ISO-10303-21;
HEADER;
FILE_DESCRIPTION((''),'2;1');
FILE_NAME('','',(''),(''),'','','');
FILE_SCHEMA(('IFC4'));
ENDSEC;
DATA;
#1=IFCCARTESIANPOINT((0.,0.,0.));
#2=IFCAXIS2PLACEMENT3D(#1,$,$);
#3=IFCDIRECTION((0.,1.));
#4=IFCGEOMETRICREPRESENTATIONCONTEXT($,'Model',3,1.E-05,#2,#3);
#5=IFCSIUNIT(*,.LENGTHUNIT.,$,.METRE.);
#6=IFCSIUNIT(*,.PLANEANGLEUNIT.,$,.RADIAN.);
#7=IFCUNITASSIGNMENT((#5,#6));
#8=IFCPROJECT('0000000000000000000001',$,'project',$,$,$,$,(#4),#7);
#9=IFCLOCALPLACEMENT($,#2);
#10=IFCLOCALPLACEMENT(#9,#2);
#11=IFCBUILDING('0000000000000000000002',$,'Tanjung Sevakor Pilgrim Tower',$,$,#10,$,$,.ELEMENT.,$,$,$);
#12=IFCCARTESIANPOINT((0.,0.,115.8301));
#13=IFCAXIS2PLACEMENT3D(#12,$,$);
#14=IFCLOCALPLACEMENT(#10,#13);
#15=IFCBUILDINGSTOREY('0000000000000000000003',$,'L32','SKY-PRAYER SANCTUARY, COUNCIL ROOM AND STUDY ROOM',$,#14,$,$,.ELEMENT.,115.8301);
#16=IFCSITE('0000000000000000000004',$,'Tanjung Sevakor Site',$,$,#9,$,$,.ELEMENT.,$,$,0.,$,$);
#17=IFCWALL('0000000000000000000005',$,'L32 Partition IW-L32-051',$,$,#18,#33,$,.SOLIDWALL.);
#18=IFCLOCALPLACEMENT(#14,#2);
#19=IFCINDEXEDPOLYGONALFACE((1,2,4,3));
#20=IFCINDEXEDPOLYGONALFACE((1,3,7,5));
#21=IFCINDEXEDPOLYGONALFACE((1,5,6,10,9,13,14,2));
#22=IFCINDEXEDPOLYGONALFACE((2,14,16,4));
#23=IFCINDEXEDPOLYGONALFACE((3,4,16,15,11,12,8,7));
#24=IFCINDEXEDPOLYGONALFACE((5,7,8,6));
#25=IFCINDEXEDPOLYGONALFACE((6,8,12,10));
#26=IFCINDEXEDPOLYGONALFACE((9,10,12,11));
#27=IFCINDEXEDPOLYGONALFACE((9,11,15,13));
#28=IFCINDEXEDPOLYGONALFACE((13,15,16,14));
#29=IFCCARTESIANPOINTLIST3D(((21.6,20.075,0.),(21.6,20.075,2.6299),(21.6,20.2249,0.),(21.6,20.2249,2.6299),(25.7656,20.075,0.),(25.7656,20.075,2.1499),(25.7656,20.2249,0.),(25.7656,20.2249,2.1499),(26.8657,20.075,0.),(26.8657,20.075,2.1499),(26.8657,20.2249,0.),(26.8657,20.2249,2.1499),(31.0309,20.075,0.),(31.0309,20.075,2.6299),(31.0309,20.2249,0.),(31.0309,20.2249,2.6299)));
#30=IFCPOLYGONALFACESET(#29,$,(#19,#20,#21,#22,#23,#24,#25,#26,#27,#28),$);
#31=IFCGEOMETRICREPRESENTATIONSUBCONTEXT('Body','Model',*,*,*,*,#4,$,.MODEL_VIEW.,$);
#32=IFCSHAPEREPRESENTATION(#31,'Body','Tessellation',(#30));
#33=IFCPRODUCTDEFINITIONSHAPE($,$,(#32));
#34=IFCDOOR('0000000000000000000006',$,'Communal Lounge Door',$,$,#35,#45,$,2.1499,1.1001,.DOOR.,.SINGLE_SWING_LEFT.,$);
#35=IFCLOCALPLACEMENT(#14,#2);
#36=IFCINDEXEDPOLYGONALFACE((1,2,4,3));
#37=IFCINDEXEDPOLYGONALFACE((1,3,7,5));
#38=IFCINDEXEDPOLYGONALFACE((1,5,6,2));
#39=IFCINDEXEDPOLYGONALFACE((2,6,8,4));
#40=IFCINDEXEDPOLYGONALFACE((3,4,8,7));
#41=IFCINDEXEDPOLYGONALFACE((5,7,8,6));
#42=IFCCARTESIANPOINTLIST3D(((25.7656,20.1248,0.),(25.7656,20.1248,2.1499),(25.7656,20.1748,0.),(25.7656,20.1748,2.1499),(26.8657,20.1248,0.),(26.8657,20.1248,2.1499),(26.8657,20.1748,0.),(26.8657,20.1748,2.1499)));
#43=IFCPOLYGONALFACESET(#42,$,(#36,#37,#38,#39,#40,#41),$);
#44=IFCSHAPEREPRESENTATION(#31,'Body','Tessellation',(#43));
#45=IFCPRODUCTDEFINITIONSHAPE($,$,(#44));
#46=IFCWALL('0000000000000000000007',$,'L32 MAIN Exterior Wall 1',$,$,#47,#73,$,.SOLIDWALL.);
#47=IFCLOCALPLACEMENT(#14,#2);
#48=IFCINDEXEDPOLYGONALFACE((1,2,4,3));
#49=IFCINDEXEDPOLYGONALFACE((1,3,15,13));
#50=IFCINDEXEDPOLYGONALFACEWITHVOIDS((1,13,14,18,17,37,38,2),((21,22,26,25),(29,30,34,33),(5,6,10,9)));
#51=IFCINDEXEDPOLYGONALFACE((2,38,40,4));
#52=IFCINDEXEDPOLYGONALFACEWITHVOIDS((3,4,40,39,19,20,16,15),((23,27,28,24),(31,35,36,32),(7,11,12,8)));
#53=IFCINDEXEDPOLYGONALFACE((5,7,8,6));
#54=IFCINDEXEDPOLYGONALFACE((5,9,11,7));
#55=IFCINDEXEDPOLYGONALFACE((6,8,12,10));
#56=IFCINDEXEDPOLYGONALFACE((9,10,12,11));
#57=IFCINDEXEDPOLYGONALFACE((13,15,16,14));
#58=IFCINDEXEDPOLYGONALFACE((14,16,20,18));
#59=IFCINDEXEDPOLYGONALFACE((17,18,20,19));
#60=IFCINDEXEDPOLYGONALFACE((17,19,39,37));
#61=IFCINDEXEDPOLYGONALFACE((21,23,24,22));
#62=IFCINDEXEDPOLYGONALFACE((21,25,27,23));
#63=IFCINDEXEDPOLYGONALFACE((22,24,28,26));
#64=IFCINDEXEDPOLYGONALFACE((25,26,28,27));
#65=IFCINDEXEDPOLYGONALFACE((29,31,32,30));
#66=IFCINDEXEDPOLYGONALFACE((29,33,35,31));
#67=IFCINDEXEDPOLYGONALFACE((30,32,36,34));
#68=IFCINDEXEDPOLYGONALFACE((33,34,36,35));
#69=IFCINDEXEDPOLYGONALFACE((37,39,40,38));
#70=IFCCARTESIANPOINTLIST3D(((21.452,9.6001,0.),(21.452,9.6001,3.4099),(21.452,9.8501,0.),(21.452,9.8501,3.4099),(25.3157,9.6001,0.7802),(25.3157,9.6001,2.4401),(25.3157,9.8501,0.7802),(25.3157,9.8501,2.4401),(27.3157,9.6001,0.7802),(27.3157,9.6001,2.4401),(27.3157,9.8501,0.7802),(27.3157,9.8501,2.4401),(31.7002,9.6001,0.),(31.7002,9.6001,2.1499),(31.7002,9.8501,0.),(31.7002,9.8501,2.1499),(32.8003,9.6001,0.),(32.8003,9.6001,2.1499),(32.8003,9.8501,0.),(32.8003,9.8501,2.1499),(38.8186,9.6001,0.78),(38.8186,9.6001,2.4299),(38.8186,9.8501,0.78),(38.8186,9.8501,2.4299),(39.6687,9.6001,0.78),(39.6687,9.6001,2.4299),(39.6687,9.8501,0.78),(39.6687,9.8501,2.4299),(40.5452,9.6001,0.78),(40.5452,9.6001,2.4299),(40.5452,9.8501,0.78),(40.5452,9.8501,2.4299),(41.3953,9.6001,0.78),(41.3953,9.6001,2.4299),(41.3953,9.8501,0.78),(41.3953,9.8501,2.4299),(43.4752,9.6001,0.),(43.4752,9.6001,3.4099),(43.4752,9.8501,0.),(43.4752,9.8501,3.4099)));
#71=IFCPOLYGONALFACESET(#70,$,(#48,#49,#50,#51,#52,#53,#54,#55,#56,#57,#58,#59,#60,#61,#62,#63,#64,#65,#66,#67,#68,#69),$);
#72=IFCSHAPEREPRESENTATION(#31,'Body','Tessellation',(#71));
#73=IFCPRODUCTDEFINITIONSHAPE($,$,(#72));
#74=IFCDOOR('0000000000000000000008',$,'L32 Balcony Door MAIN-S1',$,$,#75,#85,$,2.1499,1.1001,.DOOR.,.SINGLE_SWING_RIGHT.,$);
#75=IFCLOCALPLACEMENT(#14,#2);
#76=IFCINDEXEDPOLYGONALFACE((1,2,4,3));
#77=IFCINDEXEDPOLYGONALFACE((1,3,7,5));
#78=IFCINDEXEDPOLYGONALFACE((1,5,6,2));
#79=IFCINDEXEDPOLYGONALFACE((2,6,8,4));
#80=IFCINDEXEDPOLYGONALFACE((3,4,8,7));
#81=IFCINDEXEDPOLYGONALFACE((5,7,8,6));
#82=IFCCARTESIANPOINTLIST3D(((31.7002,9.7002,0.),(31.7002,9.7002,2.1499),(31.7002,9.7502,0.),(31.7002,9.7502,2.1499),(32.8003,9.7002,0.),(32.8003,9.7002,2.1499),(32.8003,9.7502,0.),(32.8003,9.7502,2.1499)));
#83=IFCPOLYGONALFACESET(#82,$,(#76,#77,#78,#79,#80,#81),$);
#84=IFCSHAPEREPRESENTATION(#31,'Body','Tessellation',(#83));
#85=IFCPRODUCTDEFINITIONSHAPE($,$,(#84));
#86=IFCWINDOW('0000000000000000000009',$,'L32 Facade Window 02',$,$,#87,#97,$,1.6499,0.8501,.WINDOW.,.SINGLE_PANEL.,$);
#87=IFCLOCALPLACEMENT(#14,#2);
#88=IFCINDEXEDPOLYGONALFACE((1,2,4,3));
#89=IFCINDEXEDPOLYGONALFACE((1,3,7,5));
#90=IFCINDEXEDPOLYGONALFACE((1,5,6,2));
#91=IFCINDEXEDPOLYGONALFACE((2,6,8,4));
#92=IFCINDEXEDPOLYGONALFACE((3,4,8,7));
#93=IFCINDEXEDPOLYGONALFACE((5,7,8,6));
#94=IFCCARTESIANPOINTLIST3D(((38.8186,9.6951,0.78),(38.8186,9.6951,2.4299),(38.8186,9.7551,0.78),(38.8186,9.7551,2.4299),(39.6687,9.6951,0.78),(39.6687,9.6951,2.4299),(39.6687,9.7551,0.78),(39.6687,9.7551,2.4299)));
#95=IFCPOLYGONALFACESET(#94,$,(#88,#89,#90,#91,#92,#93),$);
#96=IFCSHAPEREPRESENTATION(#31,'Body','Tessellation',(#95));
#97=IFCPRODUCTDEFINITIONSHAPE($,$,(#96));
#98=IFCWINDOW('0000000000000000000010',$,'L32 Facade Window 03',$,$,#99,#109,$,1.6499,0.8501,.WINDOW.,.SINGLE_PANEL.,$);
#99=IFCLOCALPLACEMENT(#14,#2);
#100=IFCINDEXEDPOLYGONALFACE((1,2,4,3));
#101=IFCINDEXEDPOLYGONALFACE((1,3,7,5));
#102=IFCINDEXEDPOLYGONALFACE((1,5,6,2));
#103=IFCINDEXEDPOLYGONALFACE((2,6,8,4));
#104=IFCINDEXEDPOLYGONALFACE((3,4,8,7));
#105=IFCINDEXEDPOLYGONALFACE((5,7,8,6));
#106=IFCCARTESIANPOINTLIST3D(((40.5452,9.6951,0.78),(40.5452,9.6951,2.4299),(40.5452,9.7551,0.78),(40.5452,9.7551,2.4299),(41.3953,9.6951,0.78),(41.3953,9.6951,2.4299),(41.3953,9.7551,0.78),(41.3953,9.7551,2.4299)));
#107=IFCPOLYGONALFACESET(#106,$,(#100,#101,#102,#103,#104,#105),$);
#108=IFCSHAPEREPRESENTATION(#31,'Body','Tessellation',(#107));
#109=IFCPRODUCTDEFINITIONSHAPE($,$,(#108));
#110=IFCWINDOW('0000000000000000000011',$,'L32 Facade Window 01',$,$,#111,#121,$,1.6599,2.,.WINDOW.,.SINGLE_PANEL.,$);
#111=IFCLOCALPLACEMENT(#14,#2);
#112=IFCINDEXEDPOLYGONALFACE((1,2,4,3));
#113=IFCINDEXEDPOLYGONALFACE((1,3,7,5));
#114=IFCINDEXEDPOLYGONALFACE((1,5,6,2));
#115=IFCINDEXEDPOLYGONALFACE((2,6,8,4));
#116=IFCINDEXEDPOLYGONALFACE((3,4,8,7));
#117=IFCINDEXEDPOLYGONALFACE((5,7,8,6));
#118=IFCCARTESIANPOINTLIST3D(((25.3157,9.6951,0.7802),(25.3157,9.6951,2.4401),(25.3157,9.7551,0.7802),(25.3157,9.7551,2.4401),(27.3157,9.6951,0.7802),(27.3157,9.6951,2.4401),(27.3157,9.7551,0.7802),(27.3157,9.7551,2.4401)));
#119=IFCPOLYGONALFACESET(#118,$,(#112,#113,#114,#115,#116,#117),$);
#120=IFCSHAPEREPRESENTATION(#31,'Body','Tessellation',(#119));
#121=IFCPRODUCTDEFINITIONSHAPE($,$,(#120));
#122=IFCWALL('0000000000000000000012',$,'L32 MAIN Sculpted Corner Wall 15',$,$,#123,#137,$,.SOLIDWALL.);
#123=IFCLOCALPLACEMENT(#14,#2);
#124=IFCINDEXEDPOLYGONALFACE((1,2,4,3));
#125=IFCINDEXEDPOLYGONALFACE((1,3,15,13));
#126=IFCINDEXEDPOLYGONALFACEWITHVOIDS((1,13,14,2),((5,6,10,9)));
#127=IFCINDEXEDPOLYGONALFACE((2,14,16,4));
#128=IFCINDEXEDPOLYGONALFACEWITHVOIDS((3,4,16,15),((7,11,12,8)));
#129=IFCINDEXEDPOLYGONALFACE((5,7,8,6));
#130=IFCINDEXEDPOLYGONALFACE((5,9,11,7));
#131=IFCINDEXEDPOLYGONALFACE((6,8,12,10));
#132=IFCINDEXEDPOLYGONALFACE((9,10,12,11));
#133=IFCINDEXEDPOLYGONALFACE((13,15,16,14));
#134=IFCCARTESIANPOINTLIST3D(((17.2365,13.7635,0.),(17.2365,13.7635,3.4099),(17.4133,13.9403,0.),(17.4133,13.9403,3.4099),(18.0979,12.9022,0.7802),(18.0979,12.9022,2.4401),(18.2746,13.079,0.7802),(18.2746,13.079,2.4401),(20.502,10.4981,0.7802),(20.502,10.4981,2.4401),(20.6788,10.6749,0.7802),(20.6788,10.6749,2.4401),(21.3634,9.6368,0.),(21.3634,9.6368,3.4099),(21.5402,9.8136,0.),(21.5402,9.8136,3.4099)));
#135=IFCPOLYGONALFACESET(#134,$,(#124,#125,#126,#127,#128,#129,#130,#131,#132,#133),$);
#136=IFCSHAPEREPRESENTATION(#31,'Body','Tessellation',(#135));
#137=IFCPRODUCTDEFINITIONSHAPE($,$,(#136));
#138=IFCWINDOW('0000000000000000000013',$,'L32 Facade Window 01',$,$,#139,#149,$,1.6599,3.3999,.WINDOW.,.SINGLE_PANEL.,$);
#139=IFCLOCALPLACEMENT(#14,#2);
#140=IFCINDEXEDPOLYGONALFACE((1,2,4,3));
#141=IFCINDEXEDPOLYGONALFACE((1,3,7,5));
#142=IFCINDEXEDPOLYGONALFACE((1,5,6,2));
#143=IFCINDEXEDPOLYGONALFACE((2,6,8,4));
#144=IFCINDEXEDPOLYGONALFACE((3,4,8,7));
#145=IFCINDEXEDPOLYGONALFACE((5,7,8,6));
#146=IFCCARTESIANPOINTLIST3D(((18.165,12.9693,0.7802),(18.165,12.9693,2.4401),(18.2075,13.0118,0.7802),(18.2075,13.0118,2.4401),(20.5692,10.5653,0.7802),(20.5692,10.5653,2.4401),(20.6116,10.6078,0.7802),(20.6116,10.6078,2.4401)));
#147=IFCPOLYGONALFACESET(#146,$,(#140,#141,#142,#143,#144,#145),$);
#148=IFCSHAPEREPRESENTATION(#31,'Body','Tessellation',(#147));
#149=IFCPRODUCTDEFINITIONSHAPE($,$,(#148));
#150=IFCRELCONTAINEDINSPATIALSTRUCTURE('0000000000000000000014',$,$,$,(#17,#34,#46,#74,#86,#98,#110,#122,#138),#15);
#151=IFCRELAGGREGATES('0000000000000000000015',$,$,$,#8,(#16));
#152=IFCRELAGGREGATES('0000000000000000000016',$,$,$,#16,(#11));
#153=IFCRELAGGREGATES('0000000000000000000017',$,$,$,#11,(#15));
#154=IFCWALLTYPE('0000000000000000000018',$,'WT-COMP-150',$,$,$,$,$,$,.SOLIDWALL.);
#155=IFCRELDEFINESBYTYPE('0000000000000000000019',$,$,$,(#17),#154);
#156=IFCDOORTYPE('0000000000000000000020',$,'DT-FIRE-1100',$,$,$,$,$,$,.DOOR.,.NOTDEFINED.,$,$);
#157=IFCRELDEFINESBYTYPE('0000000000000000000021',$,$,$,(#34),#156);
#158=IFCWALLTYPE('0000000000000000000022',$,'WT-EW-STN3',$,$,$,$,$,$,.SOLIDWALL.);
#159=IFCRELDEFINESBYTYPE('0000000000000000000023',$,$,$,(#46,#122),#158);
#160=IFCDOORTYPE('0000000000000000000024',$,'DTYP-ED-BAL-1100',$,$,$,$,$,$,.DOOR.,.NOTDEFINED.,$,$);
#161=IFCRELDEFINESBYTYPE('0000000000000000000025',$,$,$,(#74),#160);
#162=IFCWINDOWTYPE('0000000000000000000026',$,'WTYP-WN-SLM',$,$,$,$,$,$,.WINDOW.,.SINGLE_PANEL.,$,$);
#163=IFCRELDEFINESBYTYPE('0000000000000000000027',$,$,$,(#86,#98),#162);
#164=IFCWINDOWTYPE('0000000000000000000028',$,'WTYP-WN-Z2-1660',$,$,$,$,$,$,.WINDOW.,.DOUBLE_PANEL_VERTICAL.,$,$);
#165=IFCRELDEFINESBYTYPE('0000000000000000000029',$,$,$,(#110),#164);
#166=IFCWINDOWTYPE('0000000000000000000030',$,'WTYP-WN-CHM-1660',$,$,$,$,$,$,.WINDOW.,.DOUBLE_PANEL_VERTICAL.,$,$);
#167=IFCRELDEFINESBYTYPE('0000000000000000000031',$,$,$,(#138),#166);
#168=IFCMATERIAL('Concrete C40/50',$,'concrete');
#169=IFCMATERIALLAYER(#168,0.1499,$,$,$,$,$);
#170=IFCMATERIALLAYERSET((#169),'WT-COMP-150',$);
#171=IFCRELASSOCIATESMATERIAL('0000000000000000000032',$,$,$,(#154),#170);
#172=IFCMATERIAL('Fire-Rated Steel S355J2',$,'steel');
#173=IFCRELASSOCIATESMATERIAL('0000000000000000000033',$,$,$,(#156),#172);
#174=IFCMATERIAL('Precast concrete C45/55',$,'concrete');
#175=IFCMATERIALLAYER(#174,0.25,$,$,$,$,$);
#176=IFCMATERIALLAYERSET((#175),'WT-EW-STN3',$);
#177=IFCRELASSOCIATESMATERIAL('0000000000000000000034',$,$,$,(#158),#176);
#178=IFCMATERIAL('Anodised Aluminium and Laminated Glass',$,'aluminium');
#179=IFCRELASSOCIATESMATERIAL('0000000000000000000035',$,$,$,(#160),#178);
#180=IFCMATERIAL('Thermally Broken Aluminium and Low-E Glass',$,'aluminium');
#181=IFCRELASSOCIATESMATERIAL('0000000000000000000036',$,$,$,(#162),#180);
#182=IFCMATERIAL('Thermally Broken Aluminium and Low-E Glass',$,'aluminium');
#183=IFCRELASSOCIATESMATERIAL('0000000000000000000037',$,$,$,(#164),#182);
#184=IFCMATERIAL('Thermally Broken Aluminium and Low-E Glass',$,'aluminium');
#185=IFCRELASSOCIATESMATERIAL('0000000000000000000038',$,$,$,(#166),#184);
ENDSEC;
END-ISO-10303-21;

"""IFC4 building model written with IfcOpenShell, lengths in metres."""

from ifc_helpers import new_model, si_unit, direction, frame, frame_2d, origin, place, context, subcontext, project, spatial, rectangle, extrude, material, layer, layer_set, type_object, element, fill, save


model = new_model("IFC4")

# Units and contexts
model_context = context("Model", 3, precision=1e-05, world=origin(), true_north=direction((0.0, 1.0)))
body_context = subcontext(model_context, "Body", "Model", "MODEL_VIEW")
ifc_project = project(units=[si_unit("LENGTHUNIT", "METRE"), si_unit("PLANEANGLEUNIT", "RADIAN")], contexts=[model_context])

# Site, building, storey
site_placement = place(None, origin())
site = spatial("IfcSite", under=ifc_project, at=site_placement, Name="Tanjung Sevakor Site", CompositionType="ELEMENT", RefElevation=0.0)
building_placement = place(site_placement, origin())
building = spatial("IfcBuilding", under=site, at=building_placement, Name="Tanjung Sevakor Pilgrim Tower", CompositionType="ELEMENT")
storey_placement = place(building_placement, frame((0.0, 0.0, 115.8301)))
storey = spatial("IfcBuildingStorey", under=building, at=storey_placement, Name="L32", Description="SKY-PRAYER SANCTUARY, COUNCIL ROOM AND STUDY ROOM", CompositionType="ELEMENT", Elevation=115.8301)

# Shared definitions
ifc_material_1 = material(Name="Concrete C40/50", Category="concrete")
ifc_layer_1 = layer(ifc_material_1, 0.1499)
ifc_layer_set_1 = layer_set([ifc_layer_1], Name="WT-COMP-150")
wall_type_1 = type_object("IfcWallType", Name="WT-COMP-150", PredefinedType="SOLIDWALL", material=ifc_layer_set_1)

# Wall, opening, door
wall_1_placement = place(storey_placement, frame((21.6001, 20.1499, 0.0), z_axis=(0.0, 0.0, 1.0), x_axis=(1.0, 0.0, 0.0)))
wall_1 = element("IfcWall", 1, at=wall_1_placement, inside=storey, type_object=wall_type_1, Name="L32 Partition IW-L32-051", PredefinedType="SOLIDWALL", context=body_context, shape_type="SweptSolid", body=[
    extrude(rectangle(XDim=9.4309, YDim=0.1499, at=frame_2d((4.7153, 0.0))), origin(), (0.0, 0.0, 1.0), 2.6299),
])
opening_1_placement = place(wall_1_placement, frame((4.1655, 0.0, 0.0)))
opening_1 = element("IfcOpeningElement", 2, at=opening_1_placement, cuts=wall_1, PredefinedType="OPENING", context=body_context, shape_type="SweptSolid", body=[
    extrude(rectangle(XDim=1.1001, YDim=2.1499, at=frame_2d((0.55, 1.075))), frame((0.0, 0.085, 0.0), z_axis=(0.0, -1.0, 0.0), x_axis=(1.0, 0.0, 0.0)), (0.0, 0.0, 1.0), 0.1699),
])
ifc_material_2 = material(Name="Fire-Rated Steel S355J2", Category="steel")
door_type_1 = type_object("IfcDoorType", Name="DT-FIRE-1100", OperationType="NOTDEFINED", PredefinedType="DOOR", material=ifc_material_2)
door_1_placement = place(opening_1_placement, origin())
door_1 = element("IfcDoor", 3, at=door_1_placement, inside=storey, type_object=door_type_1, Name="Communal Lounge Door", OperationType="SINGLE_SWING_LEFT", OverallHeight=2.1499, OverallWidth=1.1001, PredefinedType="DOOR", context=body_context, shape_type="SweptSolid", body=[
    extrude(rectangle(XDim=1.1001, YDim=2.1499, at=frame_2d((0.55, 1.075))), frame((0.0, 0.0249, 0.0), z_axis=(0.0, -1.0, 0.0), x_axis=(1.0, 0.0, 0.0)), (0.0, 0.0, 1.0), 0.05),
])
fill(opening_1, door_1)

# Wall, openings, door, windows
ifc_material_3 = material(Name="Precast concrete C45/55", Category="concrete")
ifc_layer_2 = layer(ifc_material_3, 0.25)
ifc_layer_set_2 = layer_set([ifc_layer_2], Name="WT-EW-STN3")
wall_type_2 = type_object("IfcWallType", Name="WT-EW-STN3", PredefinedType="SOLIDWALL", material=ifc_layer_set_2)
wall_2_placement = place(storey_placement, frame((21.4519, 9.7251, 0.0), z_axis=(0.0, 0.0, 1.0), x_axis=(1.0, 0.0, 0.0)))
wall_2 = element("IfcWall", 4, at=wall_2_placement, inside=storey, type_object=wall_type_2, Name="L32 MAIN Exterior Wall 1", PredefinedType="SOLIDWALL", context=body_context, shape_type="SweptSolid", body=[
    extrude(rectangle(XDim=22.0232, YDim=0.25, at=frame_2d((11.0117, 0.0))), origin(), (0.0, 0.0, 1.0), 3.4099),
])
opening_2_placement = place(wall_2_placement, frame((10.2483, 0.0, 0.0)))
opening_2 = element("IfcOpeningElement", 5, at=opening_2_placement, cuts=wall_2, PredefinedType="OPENING", context=body_context, shape_type="SweptSolid", body=[
    extrude(rectangle(XDim=1.1001, YDim=2.1499, at=frame_2d((0.55, 1.075))), frame((0.0, 0.135, 0.0), z_axis=(0.0, -1.0, 0.0), x_axis=(1.0, 0.0, 0.0)), (0.0, 0.0, 1.0), 0.27),
])
opening_3_placement = place(wall_2_placement, frame((3.8638, 0.0, 0.78)))
opening_3 = element("IfcOpeningElement", 6, at=opening_3_placement, cuts=wall_2, PredefinedType="OPENING", context=body_context, shape_type="SweptSolid", body=[
    extrude(rectangle(XDim=2.0, YDim=1.6599, at=frame_2d((1.0, 0.8301))), frame((0.0, 0.135, 0.0), z_axis=(0.0, -1.0, 0.0), x_axis=(1.0, 0.0, 0.0)), (0.0, 0.0, 1.0), 0.27),
])
opening_4_placement = place(wall_2_placement, frame((17.3667, 0.0, 0.78)))
opening_4 = element("IfcOpeningElement", 7, at=opening_4_placement, cuts=wall_2, PredefinedType="OPENING", context=body_context, shape_type="SweptSolid", body=[
    extrude(rectangle(XDim=0.8501, YDim=1.6499, at=frame_2d((0.425, 0.825))), frame((0.0, 0.135, 0.0), z_axis=(0.0, -1.0, 0.0), x_axis=(1.0, 0.0, 0.0)), (0.0, 0.0, 1.0), 0.27),
])
opening_5_placement = place(wall_2_placement, frame((19.0933, 0.0, 0.78)))
opening_5 = element("IfcOpeningElement", 8, at=opening_5_placement, cuts=wall_2, PredefinedType="OPENING", context=body_context, shape_type="SweptSolid", body=[
    extrude(rectangle(XDim=0.8501, YDim=1.6499, at=frame_2d((0.425, 0.825))), frame((0.0, 0.135, 0.0), z_axis=(0.0, -1.0, 0.0), x_axis=(1.0, 0.0, 0.0)), (0.0, 0.0, 1.0), 0.27),
])
ifc_material_4 = material(Name="Anodised Aluminium and Laminated Glass", Category="aluminium")
door_type_2 = type_object("IfcDoorType", Name="DTYP-ED-BAL-1100", OperationType="NOTDEFINED", PredefinedType="DOOR", material=ifc_material_4)
door_2_placement = place(opening_2_placement, frame((1.1001, 0.0, 0.0), z_axis=(0.0, 0.0, 1.0), x_axis=(-1.0, 0.0, 0.0)))
door_2 = element("IfcDoor", 9, at=door_2_placement, inside=storey, type_object=door_type_2, Name="L32 Balcony Door MAIN-S1", OperationType="SINGLE_SWING_RIGHT", OverallHeight=2.1499, OverallWidth=1.1001, PredefinedType="DOOR", context=body_context, shape_type="SweptSolid", body=[
    extrude(rectangle(XDim=1.1001, YDim=2.1499, at=frame_2d((0.55, 1.075))), frame((0.0, 0.0249, 0.0), z_axis=(0.0, -1.0, 0.0), x_axis=(1.0, 0.0, 0.0)), (0.0, 0.0, 1.0), 0.05),
])
fill(opening_2, door_2)
ifc_material_5 = material(Name="Thermally Broken Aluminium and Low-E Glass", Category="aluminium")
window_type_1 = type_object("IfcWindowType", Name="WTYP-WN-SLM", PartitioningType="SINGLE_PANEL", PredefinedType="WINDOW", material=ifc_material_5)
window_1_placement = place(opening_4_placement, origin())
window_1 = element("IfcWindow", 10, at=window_1_placement, inside=storey, type_object=window_type_1, Name="L32 Facade Window 02", OverallHeight=1.6499, OverallWidth=0.8501, PartitioningType="SINGLE_PANEL", PredefinedType="WINDOW", context=body_context, shape_type="SweptSolid", body=[
    extrude(rectangle(XDim=0.8501, YDim=1.6499, at=frame_2d((0.425, 0.825))), frame((0.0, 0.03, 0.0), z_axis=(0.0, -1.0, 0.0), x_axis=(1.0, 0.0, 0.0)), (0.0, 0.0, 1.0), 0.0601),
])
fill(opening_4, window_1)
window_2_placement = place(opening_5_placement, origin())
window_2 = element("IfcWindow", 11, at=window_2_placement, inside=storey, type_object=window_type_1, Name="L32 Facade Window 03", OverallHeight=1.6499, OverallWidth=0.8501, PartitioningType="SINGLE_PANEL", PredefinedType="WINDOW", context=body_context, shape_type="SweptSolid", body=[
    extrude(rectangle(XDim=0.8501, YDim=1.6499, at=frame_2d((0.425, 0.825))), frame((0.0, 0.03, 0.0), z_axis=(0.0, -1.0, 0.0), x_axis=(1.0, 0.0, 0.0)), (0.0, 0.0, 1.0), 0.0601),
])
fill(opening_5, window_2)
ifc_material_6 = material(Name="Thermally Broken Aluminium and Low-E Glass", Category="aluminium")
window_type_2 = type_object("IfcWindowType", Name="WTYP-WN-Z2-1660", PartitioningType="DOUBLE_PANEL_VERTICAL", PredefinedType="WINDOW", material=ifc_material_6)
window_3_placement = place(opening_3_placement, origin())
window_3 = element("IfcWindow", 12, at=window_3_placement, inside=storey, type_object=window_type_2, Name="L32 Facade Window 01", OverallHeight=1.6599, OverallWidth=2.0, PartitioningType="SINGLE_PANEL", PredefinedType="WINDOW", context=body_context, shape_type="SweptSolid", body=[
    extrude(rectangle(XDim=2.0, YDim=1.6599, at=frame_2d((1.0, 0.8301))), frame((0.0, 0.03, 0.0), z_axis=(0.0, -1.0, 0.0), x_axis=(1.0, 0.0, 0.0)), (0.0, 0.0, 1.0), 0.0601),
])
fill(opening_3, window_3)

# Wall, opening, window
wall_3_placement = place(storey_placement, frame((17.325, 13.8518, 0.0), z_axis=(0.0, 0.0, 1.0), x_axis=(0.707128, -0.707086, 0.0)))
wall_3 = element("IfcWall", 13, at=wall_3_placement, inside=storey, type_object=wall_type_2, Name="L32 MAIN Sculpted Corner Wall 15", PredefinedType="SOLIDWALL", context=body_context, shape_type="SweptSolid", body=[
    extrude(rectangle(XDim=5.8362, YDim=0.25, at=frame_2d((2.918, 0.0))), origin(), (0.0, 0.0, 1.0), 3.4099),
])
opening_6_placement = place(wall_3_placement, frame((1.218, 0.0, 0.78)))
opening_6 = element("IfcOpeningElement", 14, at=opening_6_placement, cuts=wall_3, PredefinedType="OPENING", context=body_context, shape_type="SweptSolid", body=[
    extrude(rectangle(XDim=3.3999, YDim=1.6599, at=frame_2d((1.7, 0.8301))), frame((0.0, 0.135, 0.0), z_axis=(0.0, -1.0, 0.0), x_axis=(1.0, 0.0, 0.0)), (0.0, 0.0, 1.0), 0.27),
])
ifc_material_7 = material(Name="Thermally Broken Aluminium and Low-E Glass", Category="aluminium")
window_type_3 = type_object("IfcWindowType", Name="WTYP-WN-CHM-1660", PartitioningType="DOUBLE_PANEL_VERTICAL", PredefinedType="WINDOW", material=ifc_material_7)
window_4_placement = place(opening_6_placement, origin())
window_4 = element("IfcWindow", 15, at=window_4_placement, inside=storey, type_object=window_type_3, Name="L32 Facade Window 01", OverallHeight=1.6599, OverallWidth=3.3999, PartitioningType="SINGLE_PANEL", PredefinedType="WINDOW", context=body_context, shape_type="SweptSolid", body=[
    extrude(rectangle(XDim=3.3999, YDim=1.6599, at=frame_2d((1.7, 0.8301))), frame((0.0, 0.03, 0.0), z_axis=(0.0, -1.0, 0.0), x_axis=(1.0, 0.0, 0.0)), (0.0, 0.0, 1.0), 0.0601),
])
fill(opening_6, window_4)

save(model, "model.ifc")
